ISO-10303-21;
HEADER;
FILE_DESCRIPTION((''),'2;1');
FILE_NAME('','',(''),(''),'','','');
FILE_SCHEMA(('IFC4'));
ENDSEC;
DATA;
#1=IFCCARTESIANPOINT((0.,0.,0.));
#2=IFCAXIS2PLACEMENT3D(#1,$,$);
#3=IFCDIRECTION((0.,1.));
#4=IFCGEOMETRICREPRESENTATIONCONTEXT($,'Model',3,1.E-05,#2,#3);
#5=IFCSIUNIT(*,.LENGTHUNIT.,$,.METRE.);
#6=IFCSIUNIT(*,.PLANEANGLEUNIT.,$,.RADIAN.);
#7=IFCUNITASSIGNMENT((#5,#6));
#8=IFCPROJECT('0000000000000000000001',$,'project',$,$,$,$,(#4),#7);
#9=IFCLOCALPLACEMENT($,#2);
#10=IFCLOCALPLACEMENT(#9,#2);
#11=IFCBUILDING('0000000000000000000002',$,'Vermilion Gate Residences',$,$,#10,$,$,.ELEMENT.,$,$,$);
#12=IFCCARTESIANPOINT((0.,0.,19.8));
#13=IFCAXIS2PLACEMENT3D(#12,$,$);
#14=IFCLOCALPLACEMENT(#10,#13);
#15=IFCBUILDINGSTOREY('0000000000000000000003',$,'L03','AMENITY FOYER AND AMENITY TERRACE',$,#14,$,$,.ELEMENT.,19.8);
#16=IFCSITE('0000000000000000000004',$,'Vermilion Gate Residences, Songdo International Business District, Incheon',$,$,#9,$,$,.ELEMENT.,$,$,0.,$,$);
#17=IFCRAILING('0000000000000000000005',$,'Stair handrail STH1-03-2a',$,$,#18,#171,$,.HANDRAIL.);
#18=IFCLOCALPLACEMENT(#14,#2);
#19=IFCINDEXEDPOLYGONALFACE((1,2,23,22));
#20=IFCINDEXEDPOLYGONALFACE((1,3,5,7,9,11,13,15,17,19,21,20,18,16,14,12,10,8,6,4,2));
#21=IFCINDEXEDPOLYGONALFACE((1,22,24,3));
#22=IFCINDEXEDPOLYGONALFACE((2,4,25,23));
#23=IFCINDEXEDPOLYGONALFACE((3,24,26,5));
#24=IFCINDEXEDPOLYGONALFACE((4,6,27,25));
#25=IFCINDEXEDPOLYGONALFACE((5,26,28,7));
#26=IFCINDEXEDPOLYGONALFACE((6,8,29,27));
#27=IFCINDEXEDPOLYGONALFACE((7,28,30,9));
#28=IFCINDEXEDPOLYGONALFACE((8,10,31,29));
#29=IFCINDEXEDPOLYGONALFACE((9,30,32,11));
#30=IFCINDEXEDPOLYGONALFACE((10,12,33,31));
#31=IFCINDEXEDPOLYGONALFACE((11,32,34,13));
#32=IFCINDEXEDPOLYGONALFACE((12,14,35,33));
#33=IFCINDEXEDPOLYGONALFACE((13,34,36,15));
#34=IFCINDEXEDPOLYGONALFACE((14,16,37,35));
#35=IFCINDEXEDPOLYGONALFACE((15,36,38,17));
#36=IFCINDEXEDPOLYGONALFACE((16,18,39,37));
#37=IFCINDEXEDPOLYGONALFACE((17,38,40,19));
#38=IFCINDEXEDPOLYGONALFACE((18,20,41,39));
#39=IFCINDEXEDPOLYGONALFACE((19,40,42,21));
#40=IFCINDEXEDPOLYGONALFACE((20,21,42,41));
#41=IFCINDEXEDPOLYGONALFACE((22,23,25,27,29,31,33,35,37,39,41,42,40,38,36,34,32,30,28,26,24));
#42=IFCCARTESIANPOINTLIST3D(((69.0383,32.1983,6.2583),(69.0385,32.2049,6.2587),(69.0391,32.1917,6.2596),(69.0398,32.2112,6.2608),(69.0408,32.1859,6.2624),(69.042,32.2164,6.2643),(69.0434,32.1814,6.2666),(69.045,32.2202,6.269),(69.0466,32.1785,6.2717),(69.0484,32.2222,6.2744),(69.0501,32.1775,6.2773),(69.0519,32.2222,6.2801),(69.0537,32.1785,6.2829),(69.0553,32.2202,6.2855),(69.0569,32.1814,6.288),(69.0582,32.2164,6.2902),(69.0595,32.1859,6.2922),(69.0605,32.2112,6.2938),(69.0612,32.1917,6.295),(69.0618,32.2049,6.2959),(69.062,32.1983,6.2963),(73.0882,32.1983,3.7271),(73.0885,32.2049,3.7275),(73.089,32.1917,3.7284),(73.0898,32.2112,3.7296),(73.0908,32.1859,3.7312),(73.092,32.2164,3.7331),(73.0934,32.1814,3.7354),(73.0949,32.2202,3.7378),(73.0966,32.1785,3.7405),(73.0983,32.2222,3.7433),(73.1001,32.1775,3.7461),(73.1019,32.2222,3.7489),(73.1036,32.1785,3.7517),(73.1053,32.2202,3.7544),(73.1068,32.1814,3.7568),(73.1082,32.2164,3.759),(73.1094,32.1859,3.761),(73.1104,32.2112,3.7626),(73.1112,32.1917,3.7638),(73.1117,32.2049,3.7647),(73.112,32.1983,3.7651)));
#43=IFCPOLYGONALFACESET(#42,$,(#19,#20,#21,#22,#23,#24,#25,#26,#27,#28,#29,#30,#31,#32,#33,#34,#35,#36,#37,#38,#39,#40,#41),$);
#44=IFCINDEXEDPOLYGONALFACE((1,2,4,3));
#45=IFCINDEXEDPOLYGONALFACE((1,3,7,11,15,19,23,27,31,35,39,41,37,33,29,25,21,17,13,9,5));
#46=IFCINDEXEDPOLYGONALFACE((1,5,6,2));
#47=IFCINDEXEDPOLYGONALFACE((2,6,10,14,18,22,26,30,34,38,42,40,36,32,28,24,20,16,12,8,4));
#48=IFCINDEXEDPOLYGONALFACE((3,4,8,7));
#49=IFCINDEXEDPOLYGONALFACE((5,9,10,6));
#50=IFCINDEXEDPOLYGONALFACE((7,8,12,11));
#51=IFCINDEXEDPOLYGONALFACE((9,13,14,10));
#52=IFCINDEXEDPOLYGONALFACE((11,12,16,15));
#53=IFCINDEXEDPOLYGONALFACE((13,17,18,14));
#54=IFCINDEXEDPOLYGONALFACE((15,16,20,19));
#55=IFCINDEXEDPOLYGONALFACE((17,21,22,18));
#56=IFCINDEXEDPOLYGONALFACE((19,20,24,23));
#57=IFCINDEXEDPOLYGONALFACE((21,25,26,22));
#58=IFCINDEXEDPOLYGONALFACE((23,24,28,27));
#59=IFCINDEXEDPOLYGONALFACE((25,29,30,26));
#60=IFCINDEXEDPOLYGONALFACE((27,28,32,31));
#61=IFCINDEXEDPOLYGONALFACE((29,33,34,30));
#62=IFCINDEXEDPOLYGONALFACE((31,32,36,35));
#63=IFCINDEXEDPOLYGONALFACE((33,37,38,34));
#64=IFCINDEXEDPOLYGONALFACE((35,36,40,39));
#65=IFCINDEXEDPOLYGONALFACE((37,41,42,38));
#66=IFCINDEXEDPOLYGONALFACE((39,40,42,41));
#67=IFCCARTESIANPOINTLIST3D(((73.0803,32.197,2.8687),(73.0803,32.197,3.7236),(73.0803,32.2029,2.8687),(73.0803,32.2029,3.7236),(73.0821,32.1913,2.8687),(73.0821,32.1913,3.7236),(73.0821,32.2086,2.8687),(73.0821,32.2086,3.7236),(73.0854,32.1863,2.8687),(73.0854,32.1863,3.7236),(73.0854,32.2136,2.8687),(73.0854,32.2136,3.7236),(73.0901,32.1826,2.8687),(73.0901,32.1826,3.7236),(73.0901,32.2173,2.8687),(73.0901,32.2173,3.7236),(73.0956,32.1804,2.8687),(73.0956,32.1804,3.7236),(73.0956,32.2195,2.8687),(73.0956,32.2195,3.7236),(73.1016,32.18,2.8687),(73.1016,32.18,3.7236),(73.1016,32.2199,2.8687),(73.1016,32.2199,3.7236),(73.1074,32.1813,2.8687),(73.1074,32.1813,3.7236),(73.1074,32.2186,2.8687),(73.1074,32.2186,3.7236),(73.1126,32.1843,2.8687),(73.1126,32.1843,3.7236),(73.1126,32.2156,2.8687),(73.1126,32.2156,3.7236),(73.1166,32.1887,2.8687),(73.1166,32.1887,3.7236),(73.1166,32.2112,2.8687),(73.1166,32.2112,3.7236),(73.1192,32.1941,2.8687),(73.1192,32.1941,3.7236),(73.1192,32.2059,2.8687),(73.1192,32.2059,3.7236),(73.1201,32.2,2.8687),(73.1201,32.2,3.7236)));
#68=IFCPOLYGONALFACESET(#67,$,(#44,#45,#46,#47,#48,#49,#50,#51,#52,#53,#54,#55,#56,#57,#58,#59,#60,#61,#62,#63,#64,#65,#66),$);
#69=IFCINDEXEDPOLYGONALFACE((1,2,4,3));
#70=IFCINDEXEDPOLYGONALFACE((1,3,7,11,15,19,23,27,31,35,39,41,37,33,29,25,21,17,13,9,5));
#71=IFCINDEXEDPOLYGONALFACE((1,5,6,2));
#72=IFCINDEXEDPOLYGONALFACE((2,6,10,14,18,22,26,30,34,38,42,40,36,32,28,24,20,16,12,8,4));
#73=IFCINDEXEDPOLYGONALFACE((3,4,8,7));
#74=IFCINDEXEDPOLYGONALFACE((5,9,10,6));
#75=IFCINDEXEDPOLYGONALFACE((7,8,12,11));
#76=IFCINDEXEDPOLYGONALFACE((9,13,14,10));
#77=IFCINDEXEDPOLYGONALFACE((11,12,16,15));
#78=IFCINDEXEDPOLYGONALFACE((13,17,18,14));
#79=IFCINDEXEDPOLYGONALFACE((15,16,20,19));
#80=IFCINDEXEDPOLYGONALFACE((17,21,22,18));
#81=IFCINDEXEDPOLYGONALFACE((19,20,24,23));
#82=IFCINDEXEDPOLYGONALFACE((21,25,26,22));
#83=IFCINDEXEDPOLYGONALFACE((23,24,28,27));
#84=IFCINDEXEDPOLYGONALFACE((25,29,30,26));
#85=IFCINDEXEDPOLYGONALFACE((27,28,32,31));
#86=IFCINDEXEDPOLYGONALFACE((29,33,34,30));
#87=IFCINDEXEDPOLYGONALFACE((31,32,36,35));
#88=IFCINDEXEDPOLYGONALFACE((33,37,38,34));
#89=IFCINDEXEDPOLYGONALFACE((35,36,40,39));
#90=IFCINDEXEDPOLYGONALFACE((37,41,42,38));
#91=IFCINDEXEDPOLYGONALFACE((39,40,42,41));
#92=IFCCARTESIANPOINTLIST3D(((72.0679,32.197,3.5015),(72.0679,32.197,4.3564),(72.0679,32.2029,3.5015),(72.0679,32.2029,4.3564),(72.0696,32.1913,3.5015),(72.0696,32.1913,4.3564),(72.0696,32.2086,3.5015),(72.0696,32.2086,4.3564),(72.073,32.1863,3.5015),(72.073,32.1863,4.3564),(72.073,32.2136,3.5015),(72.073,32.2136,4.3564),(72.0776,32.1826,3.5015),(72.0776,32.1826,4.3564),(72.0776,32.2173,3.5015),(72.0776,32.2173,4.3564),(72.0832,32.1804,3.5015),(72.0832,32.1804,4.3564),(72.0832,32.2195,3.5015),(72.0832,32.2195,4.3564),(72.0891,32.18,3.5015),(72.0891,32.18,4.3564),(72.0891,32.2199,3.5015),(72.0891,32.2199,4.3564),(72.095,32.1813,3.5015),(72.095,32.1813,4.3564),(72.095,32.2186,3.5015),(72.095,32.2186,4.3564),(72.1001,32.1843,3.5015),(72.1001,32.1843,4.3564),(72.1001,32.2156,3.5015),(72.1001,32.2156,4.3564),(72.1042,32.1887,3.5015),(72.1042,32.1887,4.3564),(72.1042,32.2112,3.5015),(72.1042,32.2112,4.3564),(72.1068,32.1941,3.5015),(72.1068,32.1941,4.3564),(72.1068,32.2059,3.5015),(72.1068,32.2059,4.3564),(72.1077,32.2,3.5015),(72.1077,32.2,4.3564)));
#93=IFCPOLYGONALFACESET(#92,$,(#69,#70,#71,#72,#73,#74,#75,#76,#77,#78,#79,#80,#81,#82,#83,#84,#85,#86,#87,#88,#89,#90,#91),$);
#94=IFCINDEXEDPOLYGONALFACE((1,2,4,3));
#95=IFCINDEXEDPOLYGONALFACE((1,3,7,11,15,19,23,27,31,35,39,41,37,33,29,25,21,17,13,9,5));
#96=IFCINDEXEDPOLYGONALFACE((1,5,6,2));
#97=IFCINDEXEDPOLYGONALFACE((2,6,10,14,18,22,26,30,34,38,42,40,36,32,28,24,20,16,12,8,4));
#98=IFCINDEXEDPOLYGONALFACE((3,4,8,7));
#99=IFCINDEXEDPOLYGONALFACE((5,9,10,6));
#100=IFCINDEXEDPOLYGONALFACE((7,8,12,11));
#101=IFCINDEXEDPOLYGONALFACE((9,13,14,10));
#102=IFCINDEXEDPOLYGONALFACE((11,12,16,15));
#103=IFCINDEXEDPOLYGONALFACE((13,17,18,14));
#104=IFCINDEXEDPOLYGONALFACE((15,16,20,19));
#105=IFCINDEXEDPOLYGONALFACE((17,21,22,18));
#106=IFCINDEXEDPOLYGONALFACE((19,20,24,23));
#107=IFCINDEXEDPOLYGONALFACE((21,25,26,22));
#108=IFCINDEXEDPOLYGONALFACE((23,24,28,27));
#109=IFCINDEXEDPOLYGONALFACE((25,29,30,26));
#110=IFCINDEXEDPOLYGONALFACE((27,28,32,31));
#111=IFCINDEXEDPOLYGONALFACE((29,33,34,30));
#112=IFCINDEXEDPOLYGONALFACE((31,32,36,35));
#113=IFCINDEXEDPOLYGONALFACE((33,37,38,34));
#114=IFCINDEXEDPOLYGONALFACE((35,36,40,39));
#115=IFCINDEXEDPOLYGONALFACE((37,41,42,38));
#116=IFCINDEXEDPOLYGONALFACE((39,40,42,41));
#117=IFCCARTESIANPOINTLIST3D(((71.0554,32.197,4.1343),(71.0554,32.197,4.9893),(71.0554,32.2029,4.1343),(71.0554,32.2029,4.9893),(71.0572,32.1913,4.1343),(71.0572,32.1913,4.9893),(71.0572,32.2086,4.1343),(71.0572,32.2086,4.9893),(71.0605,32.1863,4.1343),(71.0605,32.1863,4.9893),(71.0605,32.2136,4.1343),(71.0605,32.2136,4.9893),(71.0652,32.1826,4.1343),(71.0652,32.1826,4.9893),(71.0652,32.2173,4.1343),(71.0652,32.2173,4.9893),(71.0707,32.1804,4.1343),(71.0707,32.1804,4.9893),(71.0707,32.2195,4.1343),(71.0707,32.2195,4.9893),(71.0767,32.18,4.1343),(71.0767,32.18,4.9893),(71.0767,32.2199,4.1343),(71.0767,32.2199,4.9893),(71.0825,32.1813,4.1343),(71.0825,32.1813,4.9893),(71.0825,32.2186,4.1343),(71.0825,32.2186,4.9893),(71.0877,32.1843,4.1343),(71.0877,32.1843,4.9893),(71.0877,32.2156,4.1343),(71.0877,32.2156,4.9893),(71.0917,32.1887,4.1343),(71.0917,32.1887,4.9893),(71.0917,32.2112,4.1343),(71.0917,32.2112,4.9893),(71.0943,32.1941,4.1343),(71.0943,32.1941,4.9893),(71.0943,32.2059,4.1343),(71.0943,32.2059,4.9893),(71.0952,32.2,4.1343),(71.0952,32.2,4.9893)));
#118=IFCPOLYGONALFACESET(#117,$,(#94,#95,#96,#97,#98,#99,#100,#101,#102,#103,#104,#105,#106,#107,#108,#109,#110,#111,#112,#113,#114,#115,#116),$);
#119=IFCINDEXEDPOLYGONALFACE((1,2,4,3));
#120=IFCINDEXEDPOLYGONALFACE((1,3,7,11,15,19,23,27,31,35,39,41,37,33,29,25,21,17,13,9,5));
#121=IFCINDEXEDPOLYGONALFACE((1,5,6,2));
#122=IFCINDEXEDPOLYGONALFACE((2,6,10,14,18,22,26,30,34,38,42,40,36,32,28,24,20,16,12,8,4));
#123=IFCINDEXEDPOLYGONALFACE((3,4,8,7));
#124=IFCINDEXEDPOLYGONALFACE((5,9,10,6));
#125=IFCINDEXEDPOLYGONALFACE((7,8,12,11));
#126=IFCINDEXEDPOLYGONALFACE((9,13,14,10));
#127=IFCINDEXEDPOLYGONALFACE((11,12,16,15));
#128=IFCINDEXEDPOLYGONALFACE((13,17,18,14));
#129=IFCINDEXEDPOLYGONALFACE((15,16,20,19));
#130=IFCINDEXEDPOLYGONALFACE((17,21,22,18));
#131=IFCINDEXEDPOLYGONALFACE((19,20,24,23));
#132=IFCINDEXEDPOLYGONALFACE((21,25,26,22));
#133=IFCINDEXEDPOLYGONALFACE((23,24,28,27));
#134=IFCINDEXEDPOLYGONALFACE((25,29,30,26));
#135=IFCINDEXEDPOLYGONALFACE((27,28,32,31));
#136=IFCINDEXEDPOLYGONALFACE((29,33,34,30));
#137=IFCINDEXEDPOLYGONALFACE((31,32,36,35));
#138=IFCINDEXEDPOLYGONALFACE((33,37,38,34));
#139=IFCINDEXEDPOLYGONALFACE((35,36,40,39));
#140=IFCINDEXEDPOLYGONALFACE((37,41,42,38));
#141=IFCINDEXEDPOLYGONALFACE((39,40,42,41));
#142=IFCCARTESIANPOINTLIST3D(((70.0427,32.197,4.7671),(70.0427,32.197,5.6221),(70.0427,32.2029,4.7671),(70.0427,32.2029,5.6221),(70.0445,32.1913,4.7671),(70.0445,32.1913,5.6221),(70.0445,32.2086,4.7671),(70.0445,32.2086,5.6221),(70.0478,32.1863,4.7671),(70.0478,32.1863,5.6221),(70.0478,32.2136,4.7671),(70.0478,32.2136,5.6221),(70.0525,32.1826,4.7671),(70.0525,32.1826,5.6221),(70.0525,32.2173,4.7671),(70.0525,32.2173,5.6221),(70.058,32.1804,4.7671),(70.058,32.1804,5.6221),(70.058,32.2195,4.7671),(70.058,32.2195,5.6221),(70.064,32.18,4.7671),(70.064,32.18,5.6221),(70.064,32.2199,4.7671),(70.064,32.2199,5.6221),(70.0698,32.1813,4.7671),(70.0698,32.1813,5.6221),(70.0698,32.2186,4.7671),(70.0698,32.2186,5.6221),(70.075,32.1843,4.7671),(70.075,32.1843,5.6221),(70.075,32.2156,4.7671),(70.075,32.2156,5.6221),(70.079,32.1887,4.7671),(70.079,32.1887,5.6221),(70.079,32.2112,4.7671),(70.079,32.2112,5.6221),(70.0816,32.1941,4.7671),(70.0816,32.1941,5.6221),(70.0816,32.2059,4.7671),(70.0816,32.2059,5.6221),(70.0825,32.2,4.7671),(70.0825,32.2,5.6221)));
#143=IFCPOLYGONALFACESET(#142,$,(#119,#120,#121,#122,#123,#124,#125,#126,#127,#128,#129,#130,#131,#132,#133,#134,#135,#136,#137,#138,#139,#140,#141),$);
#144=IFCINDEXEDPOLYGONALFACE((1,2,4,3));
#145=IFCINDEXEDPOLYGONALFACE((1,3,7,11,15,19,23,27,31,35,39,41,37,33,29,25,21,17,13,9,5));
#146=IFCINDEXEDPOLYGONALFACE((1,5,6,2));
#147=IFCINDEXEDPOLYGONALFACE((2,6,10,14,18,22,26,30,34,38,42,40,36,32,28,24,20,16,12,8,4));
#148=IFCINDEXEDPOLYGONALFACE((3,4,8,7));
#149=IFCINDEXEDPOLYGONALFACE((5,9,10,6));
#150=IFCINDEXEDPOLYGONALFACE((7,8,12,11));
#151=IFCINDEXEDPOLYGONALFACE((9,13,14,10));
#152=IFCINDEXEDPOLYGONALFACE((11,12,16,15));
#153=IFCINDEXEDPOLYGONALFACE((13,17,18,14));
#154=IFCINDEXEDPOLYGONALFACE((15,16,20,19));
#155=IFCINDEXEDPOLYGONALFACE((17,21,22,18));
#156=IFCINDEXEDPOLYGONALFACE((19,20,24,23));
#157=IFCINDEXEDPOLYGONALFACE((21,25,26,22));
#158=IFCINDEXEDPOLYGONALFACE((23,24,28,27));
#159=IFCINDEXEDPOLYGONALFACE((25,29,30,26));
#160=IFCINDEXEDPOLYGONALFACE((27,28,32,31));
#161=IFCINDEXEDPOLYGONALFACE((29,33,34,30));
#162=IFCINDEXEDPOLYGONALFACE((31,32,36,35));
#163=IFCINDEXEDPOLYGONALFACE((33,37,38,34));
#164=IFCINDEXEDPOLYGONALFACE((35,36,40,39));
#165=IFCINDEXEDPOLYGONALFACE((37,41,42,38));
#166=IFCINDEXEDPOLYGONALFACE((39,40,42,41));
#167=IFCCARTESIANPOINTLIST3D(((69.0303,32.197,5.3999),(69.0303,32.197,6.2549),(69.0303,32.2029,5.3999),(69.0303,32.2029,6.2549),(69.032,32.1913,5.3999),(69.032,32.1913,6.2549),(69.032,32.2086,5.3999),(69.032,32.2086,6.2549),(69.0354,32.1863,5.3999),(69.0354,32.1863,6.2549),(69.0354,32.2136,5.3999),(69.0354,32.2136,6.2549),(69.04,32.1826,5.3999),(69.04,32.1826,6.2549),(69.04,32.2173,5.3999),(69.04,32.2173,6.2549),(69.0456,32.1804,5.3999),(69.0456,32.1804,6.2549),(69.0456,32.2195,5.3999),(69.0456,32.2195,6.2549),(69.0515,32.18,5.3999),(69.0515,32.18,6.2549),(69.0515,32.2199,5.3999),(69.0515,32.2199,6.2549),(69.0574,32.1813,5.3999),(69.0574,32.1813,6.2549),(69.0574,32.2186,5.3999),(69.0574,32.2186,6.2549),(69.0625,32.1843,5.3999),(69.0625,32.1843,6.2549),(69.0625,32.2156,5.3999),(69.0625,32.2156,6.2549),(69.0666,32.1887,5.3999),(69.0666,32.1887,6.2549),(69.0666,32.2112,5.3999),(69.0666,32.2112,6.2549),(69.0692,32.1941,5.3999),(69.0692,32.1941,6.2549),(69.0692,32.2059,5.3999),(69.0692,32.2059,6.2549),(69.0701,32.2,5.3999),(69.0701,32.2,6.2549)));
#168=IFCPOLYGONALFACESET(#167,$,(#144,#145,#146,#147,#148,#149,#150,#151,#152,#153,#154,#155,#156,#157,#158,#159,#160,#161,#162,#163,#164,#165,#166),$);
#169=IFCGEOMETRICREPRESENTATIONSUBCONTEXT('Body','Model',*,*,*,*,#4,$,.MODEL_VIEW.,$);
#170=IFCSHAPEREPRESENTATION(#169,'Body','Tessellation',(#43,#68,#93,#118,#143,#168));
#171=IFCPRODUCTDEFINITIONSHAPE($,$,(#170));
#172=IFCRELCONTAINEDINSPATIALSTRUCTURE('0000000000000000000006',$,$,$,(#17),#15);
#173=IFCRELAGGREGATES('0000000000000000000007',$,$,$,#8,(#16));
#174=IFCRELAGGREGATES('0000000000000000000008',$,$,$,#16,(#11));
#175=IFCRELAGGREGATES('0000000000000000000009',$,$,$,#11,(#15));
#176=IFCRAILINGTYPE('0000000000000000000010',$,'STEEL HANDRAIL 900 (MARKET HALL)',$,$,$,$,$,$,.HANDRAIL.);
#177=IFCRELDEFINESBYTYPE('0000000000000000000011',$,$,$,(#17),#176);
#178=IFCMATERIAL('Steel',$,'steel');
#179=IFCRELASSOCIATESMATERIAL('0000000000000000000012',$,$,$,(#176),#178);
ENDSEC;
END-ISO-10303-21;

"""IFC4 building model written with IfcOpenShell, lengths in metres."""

from ifc_helpers import new_model, si_unit, direction, frame, origin, origin_2d, place, context, subcontext, project, spatial, circle, extrude, material, type_object, element, save


model = new_model("IFC4")

# Units and contexts
model_context = context("Model", 3, precision=1e-05, world=origin(), true_north=direction((0.0, 1.0)))
body_context = subcontext(model_context, "Body", "Model", "MODEL_VIEW")
ifc_project = project(units=[si_unit("LENGTHUNIT", "METRE"), si_unit("PLANEANGLEUNIT", "RADIAN")], contexts=[model_context])

# Site, building, storey
site_placement = place(None, origin())
site = spatial("IfcSite", under=ifc_project, at=site_placement, Name="Vermilion Gate Residences, Songdo International Business District, Incheon", CompositionType="ELEMENT", RefElevation=0.0)
building_placement = place(site_placement, origin())
building = spatial("IfcBuilding", under=site, at=building_placement, Name="Vermilion Gate Residences", CompositionType="ELEMENT")
storey_placement = place(building_placement, frame((0.0, 0.0, 19.8)))
storey = spatial("IfcBuildingStorey", under=building, at=storey_placement, Name="L03", Description="AMENITY FOYER AND AMENITY TERRACE", CompositionType="ELEMENT", Elevation=19.8)

# Railing
ifc_material_1 = material(Name="Steel", Category="steel")
railing_type_1 = type_object("IfcRailingType", Name="STEEL HANDRAIL 900 (MARKET HALL)", PredefinedType="HANDRAIL", material=ifc_material_1)
for number, where, name in (
    (1, (73.1001, 32.2, 2.8687), "Stair handrail STH1-03-2a"),
):
    element("IfcRailing", number, at=place(storey_placement, frame(where)), inside=storey, type_object=railing_type_1, Name=name, PredefinedType="HANDRAIL", context=body_context, shape_type="SweptSolid", body=[
        extrude(circle(Radius=0.0225, at=origin_2d()), frame((0.0, 0.0, 0.8774), z_axis=(-0.848001, 0.0, 0.529994), x_axis=(0.0, -1.0, 0.0)), (0.0, 0.0, 1.0), 4.7759),
        extrude(circle(Radius=0.02, at=origin_2d()), origin(), (0.0, 0.0, 1.0), 0.855),
        extrude(circle(Radius=0.02, at=origin_2d()), frame((-1.0125, 0.0, 0.6328)), (0.0, 0.0, 1.0), 0.855),
        extrude(circle(Radius=0.02, at=origin_2d()), frame((-2.0249, 0.0, 1.2656)), (0.0, 0.0, 1.0), 0.855),
        extrude(circle(Radius=0.02, at=origin_2d()), frame((-3.0376, 0.0, 1.8984)), (0.0, 0.0, 1.0), 0.855),
        extrude(circle(Radius=0.02, at=origin_2d()), frame((-4.05, 0.0, 2.5312)), (0.0, 0.0, 1.0), 0.855),
    ])

save(model, "model.ifc")
